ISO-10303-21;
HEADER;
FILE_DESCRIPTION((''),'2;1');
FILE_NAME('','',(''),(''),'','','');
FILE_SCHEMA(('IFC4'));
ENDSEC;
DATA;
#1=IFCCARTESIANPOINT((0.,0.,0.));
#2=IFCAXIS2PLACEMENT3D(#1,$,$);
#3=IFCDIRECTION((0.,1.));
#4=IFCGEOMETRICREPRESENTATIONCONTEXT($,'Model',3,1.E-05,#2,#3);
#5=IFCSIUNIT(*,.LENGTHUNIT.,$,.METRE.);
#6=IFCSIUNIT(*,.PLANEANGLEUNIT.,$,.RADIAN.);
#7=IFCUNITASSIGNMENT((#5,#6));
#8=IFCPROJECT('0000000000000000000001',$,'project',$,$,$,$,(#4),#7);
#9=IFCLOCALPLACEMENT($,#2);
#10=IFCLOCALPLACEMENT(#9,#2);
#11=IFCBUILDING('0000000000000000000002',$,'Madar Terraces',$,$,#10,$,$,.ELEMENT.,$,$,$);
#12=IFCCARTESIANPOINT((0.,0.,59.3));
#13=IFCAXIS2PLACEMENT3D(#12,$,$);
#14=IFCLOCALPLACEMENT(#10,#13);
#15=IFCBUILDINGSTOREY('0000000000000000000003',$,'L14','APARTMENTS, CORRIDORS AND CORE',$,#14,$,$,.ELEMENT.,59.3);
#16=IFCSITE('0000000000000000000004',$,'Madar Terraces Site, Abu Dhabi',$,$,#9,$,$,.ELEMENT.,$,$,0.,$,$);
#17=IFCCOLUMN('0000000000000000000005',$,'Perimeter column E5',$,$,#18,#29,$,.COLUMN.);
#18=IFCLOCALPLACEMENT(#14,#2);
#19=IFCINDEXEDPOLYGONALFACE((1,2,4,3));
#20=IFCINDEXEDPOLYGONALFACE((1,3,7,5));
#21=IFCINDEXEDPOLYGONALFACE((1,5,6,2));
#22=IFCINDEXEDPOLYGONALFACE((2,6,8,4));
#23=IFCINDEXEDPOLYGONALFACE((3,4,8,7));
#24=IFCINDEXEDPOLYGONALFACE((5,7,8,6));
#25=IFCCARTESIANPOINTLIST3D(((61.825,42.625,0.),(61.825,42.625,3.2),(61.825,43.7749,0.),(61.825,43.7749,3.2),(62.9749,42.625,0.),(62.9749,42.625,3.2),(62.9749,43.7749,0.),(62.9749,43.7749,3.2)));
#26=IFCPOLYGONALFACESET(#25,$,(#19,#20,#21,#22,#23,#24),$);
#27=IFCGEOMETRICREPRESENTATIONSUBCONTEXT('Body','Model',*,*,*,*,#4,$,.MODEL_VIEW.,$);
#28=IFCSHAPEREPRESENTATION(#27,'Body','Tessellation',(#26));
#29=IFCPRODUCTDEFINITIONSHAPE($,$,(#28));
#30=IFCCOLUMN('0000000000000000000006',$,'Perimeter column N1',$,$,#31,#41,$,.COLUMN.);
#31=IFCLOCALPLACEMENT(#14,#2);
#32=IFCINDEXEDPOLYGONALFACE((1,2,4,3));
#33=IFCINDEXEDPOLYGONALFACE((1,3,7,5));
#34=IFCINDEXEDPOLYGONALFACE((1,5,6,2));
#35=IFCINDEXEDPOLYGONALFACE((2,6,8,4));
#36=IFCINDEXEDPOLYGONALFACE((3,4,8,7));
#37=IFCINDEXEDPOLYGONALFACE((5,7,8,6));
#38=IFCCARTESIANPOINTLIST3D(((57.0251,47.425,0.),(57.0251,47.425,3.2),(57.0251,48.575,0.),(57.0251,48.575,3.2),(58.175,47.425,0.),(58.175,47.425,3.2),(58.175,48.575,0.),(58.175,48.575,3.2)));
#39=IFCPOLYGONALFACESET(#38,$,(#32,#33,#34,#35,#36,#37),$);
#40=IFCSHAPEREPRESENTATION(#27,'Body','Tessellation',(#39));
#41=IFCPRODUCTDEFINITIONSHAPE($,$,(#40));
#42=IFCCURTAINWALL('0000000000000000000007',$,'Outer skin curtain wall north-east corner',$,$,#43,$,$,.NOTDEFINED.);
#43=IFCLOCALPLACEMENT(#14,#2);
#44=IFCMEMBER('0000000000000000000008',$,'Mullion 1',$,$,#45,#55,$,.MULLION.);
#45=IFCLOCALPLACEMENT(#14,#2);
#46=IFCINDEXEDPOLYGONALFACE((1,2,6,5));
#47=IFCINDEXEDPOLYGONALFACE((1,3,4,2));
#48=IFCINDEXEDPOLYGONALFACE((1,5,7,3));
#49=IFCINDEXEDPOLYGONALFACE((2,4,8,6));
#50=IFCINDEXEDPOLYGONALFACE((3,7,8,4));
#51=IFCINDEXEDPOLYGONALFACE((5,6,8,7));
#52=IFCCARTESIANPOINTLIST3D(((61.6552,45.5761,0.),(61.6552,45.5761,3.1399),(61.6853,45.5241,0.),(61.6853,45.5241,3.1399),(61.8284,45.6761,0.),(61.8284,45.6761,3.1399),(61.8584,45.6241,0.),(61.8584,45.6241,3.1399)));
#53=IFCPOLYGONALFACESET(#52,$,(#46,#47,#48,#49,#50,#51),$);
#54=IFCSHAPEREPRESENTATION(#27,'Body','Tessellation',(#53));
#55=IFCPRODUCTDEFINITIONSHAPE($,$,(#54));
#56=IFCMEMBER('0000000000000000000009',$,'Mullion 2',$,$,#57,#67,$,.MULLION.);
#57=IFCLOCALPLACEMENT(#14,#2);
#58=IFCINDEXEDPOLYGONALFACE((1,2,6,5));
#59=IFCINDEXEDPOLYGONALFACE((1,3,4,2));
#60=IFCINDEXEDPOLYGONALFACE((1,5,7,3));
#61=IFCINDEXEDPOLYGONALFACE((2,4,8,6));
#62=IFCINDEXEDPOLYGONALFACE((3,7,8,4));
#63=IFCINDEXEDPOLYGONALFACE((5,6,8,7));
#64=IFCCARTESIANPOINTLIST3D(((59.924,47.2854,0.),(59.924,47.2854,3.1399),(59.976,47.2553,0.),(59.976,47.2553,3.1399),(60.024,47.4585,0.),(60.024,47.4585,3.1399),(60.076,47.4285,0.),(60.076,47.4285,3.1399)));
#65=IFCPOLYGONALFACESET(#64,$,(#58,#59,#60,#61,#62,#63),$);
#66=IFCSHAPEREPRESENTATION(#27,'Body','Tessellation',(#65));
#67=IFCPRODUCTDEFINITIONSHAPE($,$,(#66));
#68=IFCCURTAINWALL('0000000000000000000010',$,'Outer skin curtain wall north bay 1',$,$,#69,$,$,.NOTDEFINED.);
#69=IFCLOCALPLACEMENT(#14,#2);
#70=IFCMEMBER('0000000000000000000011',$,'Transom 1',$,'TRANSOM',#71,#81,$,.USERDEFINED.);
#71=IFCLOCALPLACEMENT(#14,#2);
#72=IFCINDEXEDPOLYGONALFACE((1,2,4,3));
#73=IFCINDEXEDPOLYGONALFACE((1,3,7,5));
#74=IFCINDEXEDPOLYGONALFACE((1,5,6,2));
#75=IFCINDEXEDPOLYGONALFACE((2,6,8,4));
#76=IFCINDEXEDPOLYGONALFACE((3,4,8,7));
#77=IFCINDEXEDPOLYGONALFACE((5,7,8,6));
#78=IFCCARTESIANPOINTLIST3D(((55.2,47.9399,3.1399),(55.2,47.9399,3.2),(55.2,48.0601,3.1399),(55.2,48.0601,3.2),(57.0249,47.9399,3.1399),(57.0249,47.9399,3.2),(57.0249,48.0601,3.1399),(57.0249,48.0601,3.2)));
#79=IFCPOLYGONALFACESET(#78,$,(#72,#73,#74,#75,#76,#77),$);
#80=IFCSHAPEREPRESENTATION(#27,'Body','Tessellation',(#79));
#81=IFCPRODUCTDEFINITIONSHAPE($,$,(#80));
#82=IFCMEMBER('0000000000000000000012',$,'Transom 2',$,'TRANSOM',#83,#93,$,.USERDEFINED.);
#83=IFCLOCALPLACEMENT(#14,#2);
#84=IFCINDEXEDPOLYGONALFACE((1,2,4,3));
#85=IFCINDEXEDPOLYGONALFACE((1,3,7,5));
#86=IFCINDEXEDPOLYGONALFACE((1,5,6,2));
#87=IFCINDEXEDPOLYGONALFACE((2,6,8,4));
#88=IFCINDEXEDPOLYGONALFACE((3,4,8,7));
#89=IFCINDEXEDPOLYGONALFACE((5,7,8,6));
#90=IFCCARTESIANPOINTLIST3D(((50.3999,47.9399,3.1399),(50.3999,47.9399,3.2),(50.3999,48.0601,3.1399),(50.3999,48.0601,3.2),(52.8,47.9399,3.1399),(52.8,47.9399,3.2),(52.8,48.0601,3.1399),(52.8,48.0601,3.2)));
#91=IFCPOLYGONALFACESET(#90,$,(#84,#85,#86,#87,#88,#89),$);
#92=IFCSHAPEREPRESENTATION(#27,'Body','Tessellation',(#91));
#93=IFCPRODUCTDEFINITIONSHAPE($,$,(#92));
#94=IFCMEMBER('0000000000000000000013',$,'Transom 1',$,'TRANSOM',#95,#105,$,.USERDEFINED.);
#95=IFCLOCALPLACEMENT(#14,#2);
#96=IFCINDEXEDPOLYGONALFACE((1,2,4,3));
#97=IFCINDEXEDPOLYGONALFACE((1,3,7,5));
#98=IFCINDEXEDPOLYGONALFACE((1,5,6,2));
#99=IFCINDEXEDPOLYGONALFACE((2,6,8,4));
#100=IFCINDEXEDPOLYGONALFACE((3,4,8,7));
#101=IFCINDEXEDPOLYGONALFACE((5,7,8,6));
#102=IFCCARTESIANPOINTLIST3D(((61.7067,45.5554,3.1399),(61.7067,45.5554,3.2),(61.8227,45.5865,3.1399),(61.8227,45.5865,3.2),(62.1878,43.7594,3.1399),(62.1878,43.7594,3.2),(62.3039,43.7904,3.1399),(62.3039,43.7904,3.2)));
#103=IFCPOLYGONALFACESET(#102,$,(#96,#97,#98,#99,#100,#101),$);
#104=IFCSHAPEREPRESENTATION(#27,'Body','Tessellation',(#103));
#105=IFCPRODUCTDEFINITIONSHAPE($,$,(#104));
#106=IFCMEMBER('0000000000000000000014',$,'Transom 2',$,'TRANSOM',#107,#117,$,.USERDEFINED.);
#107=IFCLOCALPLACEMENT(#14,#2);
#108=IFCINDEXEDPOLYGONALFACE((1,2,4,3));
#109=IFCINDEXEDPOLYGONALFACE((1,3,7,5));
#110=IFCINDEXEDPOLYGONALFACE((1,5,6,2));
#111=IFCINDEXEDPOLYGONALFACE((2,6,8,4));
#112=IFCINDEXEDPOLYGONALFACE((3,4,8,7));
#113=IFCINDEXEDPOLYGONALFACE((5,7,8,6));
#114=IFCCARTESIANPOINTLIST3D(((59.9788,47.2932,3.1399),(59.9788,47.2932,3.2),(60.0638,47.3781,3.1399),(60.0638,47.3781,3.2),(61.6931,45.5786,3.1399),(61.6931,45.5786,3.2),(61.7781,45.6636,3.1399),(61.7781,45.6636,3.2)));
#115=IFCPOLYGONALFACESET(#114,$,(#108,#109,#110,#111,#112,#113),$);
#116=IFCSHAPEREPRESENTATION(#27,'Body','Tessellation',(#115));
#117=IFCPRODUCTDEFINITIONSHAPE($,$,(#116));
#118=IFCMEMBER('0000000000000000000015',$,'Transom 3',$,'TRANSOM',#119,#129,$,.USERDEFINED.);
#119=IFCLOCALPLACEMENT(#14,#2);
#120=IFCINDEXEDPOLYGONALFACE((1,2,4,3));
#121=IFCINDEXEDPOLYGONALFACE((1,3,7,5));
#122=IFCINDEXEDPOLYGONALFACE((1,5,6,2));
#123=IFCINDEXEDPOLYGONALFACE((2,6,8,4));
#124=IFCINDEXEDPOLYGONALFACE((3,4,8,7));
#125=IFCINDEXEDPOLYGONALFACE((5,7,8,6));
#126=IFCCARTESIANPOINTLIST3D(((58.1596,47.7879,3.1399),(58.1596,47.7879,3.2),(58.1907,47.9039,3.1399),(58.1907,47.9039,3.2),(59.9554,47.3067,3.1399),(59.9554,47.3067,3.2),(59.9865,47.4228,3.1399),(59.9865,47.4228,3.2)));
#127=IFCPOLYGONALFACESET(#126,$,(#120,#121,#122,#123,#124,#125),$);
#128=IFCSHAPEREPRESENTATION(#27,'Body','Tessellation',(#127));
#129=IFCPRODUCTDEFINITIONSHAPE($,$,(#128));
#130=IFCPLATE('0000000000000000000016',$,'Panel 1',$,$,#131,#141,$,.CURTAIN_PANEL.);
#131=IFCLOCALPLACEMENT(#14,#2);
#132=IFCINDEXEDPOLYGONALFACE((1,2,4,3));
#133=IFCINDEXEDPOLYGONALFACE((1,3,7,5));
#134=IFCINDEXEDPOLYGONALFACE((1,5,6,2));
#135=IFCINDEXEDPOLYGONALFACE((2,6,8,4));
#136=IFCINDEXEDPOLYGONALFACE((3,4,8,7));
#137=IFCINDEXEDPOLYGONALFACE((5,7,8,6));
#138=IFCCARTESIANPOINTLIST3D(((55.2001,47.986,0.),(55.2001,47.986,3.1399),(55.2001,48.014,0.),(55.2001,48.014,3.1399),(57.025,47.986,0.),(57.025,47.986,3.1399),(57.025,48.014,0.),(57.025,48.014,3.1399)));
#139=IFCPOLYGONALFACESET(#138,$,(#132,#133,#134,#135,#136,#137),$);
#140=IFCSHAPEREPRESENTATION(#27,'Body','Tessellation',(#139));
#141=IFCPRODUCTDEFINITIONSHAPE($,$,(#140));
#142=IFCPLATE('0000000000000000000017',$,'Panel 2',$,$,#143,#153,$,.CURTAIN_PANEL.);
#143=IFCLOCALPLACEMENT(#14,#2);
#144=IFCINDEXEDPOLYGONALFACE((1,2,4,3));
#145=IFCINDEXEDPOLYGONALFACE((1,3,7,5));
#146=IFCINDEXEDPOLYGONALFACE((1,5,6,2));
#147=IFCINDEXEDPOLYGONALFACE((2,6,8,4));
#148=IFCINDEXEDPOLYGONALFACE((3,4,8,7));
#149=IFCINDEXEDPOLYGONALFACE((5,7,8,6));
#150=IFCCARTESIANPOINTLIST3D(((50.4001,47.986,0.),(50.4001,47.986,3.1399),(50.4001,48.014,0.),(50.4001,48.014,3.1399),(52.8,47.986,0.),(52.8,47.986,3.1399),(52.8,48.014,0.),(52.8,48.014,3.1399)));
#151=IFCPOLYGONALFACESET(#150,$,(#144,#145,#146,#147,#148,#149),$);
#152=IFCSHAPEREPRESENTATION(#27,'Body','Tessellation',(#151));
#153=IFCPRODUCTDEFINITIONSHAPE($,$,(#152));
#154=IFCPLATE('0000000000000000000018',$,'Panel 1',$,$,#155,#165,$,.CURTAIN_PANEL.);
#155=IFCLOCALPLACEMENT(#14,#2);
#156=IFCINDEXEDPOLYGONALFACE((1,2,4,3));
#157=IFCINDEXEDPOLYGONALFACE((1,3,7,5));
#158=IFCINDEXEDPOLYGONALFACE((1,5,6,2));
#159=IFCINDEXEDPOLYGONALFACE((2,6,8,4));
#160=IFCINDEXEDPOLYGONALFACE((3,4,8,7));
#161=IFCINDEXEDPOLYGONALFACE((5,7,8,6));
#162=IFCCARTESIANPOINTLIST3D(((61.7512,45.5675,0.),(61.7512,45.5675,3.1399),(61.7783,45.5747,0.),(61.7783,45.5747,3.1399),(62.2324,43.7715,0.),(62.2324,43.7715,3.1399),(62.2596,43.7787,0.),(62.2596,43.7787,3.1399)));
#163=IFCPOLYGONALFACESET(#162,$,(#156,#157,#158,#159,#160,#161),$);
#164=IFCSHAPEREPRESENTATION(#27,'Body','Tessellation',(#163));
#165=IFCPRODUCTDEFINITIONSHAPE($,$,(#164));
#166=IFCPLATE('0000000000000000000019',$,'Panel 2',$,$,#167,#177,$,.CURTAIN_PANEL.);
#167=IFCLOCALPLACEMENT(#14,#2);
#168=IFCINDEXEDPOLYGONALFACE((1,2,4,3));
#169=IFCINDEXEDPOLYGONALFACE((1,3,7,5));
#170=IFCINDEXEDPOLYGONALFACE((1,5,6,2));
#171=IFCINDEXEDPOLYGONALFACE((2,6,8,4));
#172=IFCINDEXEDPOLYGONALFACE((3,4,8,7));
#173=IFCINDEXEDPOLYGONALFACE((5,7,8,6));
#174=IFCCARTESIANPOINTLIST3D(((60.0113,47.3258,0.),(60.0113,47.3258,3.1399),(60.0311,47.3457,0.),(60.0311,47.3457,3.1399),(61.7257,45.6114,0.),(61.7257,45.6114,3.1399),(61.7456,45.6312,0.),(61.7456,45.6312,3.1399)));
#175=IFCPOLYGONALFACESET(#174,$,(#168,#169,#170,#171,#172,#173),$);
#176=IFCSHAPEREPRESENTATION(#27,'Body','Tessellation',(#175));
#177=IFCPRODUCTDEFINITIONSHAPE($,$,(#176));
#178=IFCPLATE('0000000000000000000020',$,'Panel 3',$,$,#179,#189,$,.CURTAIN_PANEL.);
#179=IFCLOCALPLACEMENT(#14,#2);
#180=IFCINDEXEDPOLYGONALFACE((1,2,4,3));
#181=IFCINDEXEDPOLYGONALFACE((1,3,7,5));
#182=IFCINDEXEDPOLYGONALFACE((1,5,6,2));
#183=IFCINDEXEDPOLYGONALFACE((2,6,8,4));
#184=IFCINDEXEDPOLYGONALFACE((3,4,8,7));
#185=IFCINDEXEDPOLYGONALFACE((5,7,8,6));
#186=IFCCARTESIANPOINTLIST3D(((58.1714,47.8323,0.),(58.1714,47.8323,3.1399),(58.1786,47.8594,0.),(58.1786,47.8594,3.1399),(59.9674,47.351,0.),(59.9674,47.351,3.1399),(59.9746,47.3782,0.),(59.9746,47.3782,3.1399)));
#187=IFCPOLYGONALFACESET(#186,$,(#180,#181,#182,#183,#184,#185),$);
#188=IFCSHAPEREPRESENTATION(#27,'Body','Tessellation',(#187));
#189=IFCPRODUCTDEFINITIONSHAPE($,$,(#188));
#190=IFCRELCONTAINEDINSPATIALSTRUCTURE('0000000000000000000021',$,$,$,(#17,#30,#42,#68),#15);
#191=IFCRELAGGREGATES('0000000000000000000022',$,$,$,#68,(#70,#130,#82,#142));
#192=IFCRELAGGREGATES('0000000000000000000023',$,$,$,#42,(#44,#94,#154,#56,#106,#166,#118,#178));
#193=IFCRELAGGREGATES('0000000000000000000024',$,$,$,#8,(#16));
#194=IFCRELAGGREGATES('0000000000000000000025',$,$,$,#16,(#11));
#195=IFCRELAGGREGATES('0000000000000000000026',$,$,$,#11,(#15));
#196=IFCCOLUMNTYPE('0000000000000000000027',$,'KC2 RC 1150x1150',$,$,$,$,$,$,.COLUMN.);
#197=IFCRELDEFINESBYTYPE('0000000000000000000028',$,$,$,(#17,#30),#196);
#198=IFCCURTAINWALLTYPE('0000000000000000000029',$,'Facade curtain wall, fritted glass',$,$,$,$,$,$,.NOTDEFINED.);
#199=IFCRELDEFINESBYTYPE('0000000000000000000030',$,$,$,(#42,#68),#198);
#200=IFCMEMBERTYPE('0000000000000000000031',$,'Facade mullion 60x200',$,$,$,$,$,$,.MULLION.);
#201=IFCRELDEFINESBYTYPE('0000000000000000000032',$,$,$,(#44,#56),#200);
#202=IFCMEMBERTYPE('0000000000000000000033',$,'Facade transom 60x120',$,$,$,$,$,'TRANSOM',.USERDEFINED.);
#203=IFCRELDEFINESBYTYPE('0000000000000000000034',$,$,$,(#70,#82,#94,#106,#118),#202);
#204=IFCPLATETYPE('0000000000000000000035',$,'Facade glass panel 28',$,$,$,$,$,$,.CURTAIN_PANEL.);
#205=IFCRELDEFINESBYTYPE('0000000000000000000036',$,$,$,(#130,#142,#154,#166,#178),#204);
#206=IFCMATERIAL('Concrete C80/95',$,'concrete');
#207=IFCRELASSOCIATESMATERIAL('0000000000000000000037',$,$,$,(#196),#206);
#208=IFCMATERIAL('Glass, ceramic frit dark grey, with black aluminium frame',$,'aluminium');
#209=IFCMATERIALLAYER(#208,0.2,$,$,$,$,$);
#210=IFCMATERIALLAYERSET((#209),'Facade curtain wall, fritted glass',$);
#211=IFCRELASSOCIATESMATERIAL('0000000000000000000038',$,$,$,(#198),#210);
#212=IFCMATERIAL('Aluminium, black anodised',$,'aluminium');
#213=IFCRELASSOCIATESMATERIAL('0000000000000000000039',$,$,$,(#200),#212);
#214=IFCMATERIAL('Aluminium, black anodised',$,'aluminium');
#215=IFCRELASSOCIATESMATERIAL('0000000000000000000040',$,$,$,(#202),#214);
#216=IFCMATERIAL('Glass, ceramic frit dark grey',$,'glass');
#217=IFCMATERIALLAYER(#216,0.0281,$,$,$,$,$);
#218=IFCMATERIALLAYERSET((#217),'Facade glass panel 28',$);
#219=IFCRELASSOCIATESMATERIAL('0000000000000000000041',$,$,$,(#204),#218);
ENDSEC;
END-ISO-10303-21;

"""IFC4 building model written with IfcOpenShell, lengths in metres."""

from ifc_helpers import new_model, si_unit, direction, frame, origin, origin_2d, place, context, subcontext, project, spatial, rectangle, extrude, material, layer, layer_set, material_profile, profile_set, type_object, element, aggregate, save


model = new_model("IFC4")

# Units and contexts
model_context = context("Model", 3, precision=1e-05, world=origin(), true_north=direction((0.0, 1.0)))
body_context = subcontext(model_context, "Body", "Model", "MODEL_VIEW")
ifc_project = project(units=[si_unit("LENGTHUNIT", "METRE"), si_unit("PLANEANGLEUNIT", "RADIAN")], contexts=[model_context])

# Site, building, storey
site_placement = place(None, origin())
site = spatial("IfcSite", under=ifc_project, at=site_placement, Name="Madar Terraces Site, Abu Dhabi", CompositionType="ELEMENT", RefElevation=0.0)
building_placement = place(site_placement, origin())
building = spatial("IfcBuilding", under=site, at=building_placement, Name="Madar Terraces", CompositionType="ELEMENT")
storey_placement = place(building_placement, frame((0.0, 0.0, 59.3)))
storey = spatial("IfcBuildingStorey", under=building, at=storey_placement, Name="L14", Description="APARTMENTS, CORRIDORS AND CORE", CompositionType="ELEMENT", Elevation=59.3)

# Columns
ifc_material_1 = material(Name="Concrete C80/95", Category="concrete")
ifc_material_profile_1 = material_profile(ifc_material_1, rectangle(XDim=1.1499, YDim=1.1499, at=origin_2d()), Name="KC2 RC 1150x1150")
ifc_profile_set_1 = profile_set([ifc_material_profile_1], Name="Concrete C80/95")
column_type = type_object("IfcColumnType", Name="KC2 RC 1150x1150", PredefinedType="COLUMN", material=ifc_profile_set_1)
for number, where, z_axis, x_axis, name in (
    (1, (62.3999, 43.2, 0.0), (0.0, 0.0, 1.0), (1.0, 0.0, 0.0), "Perimeter column E5"),
    (2, (57.6001, 48.0, 0.0), (0.0, 0.0, 1.0), (1.0, 0.0, 0.0), "Perimeter column N1"),
):
    element("IfcColumn", number, at=place(storey_placement, frame(where, z_axis=z_axis, x_axis=x_axis)), inside=storey, type_object=column_type, Name=name, PredefinedType="COLUMN", context=body_context, shape_type="SweptSolid", body=[
        extrude(rectangle(XDim=1.1499, YDim=1.1499, at=origin_2d()), origin(), (0.0, 0.0, 1.0), 3.2),
    ])

# Curtain walls, members
ifc_material_2 = material(Name="Glass, ceramic frit dark grey, with black aluminium frame", Category="aluminium")
ifc_layer_1 = layer(ifc_material_2, 0.2)
ifc_layer_set_1 = layer_set([ifc_layer_1], Name="Facade curtain wall, fritted glass")
curtain_wall_type = type_object("IfcCurtainWallType", Name="Facade curtain wall, fritted glass", PredefinedType="NOTDEFINED", material=ifc_layer_set_1)
curtain_wall_1_placement = place(storey_placement, origin())
curtain_wall_1 = element("IfcCurtainWall", 3, at=curtain_wall_1_placement, inside=storey, type_object=curtain_wall_type, Name="Outer skin curtain wall north-east corner", PredefinedType="NOTDEFINED")
ifc_material_3 = material(Name="Aluminium, black anodised", Category="aluminium")
ifc_material_profile_2 = material_profile(ifc_material_3, rectangle(XDim=0.2, YDim=0.0601, at=origin_2d()), Name="Facade mullion 60x200")
ifc_profile_set_2 = profile_set([ifc_material_profile_2], Name="Aluminium, black anodised")
member_type_1 = type_object("IfcMemberType", Name="Facade mullion 60x200", PredefinedType="MULLION", material=ifc_profile_set_2)
member_1_placement = place(storey_placement, frame((61.7568, 45.6001, 0.0), z_axis=(0.0, 0.0, 1.0), x_axis=(-0.866025, -0.5, 0.0)))
member_1 = element("IfcMember", 4, at=member_1_placement, type_object=member_type_1, Name="Mullion 1", PredefinedType="MULLION", context=body_context, shape_type="SweptSolid", body=[
    extrude(rectangle(XDim=0.2, YDim=0.0601, at=origin_2d()), origin(), (0.0, 0.0, 1.0), 3.1399),
])
member_2_placement = place(storey_placement, frame((60.0, 47.3569, 0.0), z_axis=(0.0, 0.0, 1.0), x_axis=(-0.5, -0.866025, 0.0)))
member_2 = element("IfcMember", 5, at=member_2_placement, type_object=member_type_1, Name="Mullion 2", PredefinedType="MULLION", context=body_context, shape_type="SweptSolid", body=[
    extrude(rectangle(XDim=0.2, YDim=0.0601, at=origin_2d()), origin(), (0.0, 0.0, 1.0), 3.1399),
])
curtain_wall_2_placement = place(storey_placement, origin())
curtain_wall_2 = element("IfcCurtainWall", 6, at=curtain_wall_2_placement, inside=storey, type_object=curtain_wall_type, Name="Outer skin curtain wall north bay 1", PredefinedType="NOTDEFINED")
ifc_material_4 = material(Name="Aluminium, black anodised", Category="aluminium")
ifc_material_profile_3 = material_profile(ifc_material_4, rectangle(XDim=0.1201, YDim=0.0601, at=origin_2d()), Name="Facade transom 60x120")
ifc_profile_set_3 = profile_set([ifc_material_profile_3], Name="Aluminium, black anodised")
member_type_2 = type_object("IfcMemberType", Name="Facade transom 60x120", ElementType="TRANSOM", PredefinedType="USERDEFINED", material=ifc_profile_set_3)
member_3_placement = place(storey_placement, frame((57.0249, 48.0, 3.1699), z_axis=(-1.0, 0.0, 0.0), x_axis=(0.0, -1.0, 0.0)))
member_3 = element("IfcMember", 7, at=member_3_placement, type_object=member_type_2, Name="Transom 1", ObjectType="TRANSOM", PredefinedType="USERDEFINED", context=body_context, shape_type="SweptSolid", body=[
    extrude(rectangle(XDim=0.1201, YDim=0.0601, at=origin_2d()), origin(), (0.0, 0.0, 1.0), 1.825),
])
member_4_placement = place(storey_placement, frame((52.8, 48.0, 3.1699), z_axis=(-1.0, 0.0, 0.0), x_axis=(0.0, -1.0, 0.0)))
member_4 = element("IfcMember", 8, at=member_4_placement, type_object=member_type_2, Name="Transom 2", ObjectType="TRANSOM", PredefinedType="USERDEFINED", context=body_context, shape_type="SweptSolid", body=[
    extrude(rectangle(XDim=0.1201, YDim=0.0601, at=origin_2d()), origin(), (0.0, 0.0, 1.0), 2.4001),
])

# Members
member_5_placement = place(storey_placement, frame((62.2458, 43.7749, 3.1699), z_axis=(-0.258782, 0.965936, 0.0), x_axis=(-0.965936, -0.258782, 0.0)))
member_5 = element("IfcMember", 9, at=member_5_placement, type_object=member_type_2, Name="Transom 1", ObjectType="TRANSOM", PredefinedType="USERDEFINED", context=body_context, shape_type="SweptSolid", body=[
    extrude(rectangle(XDim=0.1201, YDim=0.0601, at=origin_2d()), origin(), (0.0, 0.0, 1.0), 1.8594),
])
member_6_placement = place(storey_placement, frame((61.7356, 45.6211, 3.1699), z_axis=(-0.707056, 0.707157, 0.0), x_axis=(-0.707157, -0.707056, 0.0)))
member_6 = element("IfcMember", 10, at=member_6_placement, type_object=member_type_2, Name="Transom 2", ObjectType="TRANSOM", PredefinedType="USERDEFINED", context=body_context, shape_type="SweptSolid", body=[
    extrude(rectangle(XDim=0.1201, YDim=0.0601, at=origin_2d()), origin(), (0.0, 0.0, 1.0), 2.4246),
])
member_7_placement = place(storey_placement, frame((59.9709, 47.3647, 3.1699), z_axis=(-0.965927, 0.258815, 0.0), x_axis=(-0.258815, -0.965927, 0.0)))
member_7 = element("IfcMember", 11, at=member_7_placement, type_object=member_type_2, Name="Transom 3", ObjectType="TRANSOM", PredefinedType="USERDEFINED", context=body_context, shape_type="SweptSolid", body=[
    extrude(rectangle(XDim=0.1201, YDim=0.0601, at=origin_2d()), origin(), (0.0, 0.0, 1.0), 1.8591),
])

# Plates
ifc_material_5 = material(Name="Glass, ceramic frit dark grey", Category="glass")
ifc_layer_2 = layer(ifc_material_5, 0.0281)
ifc_layer_set_2 = layer_set([ifc_layer_2], Name="Facade glass panel 28")
plate_type = type_object("IfcPlateType", Name="Facade glass panel 28", PredefinedType="CURTAIN_PANEL", material=ifc_layer_set_2)
plate_1_placement = place(storey_placement, frame((56.1125, 48.0, 0.0), z_axis=(0.0, 0.0, 1.0), x_axis=(-1.0, 0.0, 0.0)))
plate_1 = element("IfcPlate", 12, at=plate_1_placement, type_object=plate_type, Name="Panel 1", PredefinedType="CURTAIN_PANEL", context=body_context, shape_type="SweptSolid", body=[
    extrude(rectangle(XDim=1.825, YDim=0.0281, at=origin_2d()), origin(), (0.0, 0.0, 1.0), 3.1399),
])
plate_2_placement = place(storey_placement, frame((51.6001, 48.0, 0.0), z_axis=(0.0, 0.0, 1.0), x_axis=(-1.0, 0.0, 0.0)))
plate_2 = element("IfcPlate", 13, at=plate_2_placement, type_object=plate_type, Name="Panel 2", PredefinedType="CURTAIN_PANEL", context=body_context, shape_type="SweptSolid", body=[
    extrude(rectangle(XDim=2.3999, YDim=0.0281, at=origin_2d()), origin(), (0.0, 0.0, 1.0), 3.1399),
])
aggregate(curtain_wall_2, [member_3, plate_1, member_4, plate_2])
plate_3_placement = place(storey_placement, frame((62.0054, 44.6731, 0.0), z_axis=(0.0, 0.0, 1.0), x_axis=(-0.258819, 0.965926, 0.0)))
plate_3 = element("IfcPlate", 14, at=plate_3_placement, type_object=plate_type, Name="Panel 1", PredefinedType="CURTAIN_PANEL", context=body_context, shape_type="SweptSolid", body=[
    extrude(rectangle(XDim=1.8594, YDim=0.0281, at=origin_2d()), origin(), (0.0, 0.0, 1.0), 3.1399),
])
plate_4_placement = place(storey_placement, frame((60.8784, 46.4785, 0.0), z_axis=(0.0, 0.0, 1.0), x_axis=(-0.707107, 0.707107, 0.0)))
plate_4 = element("IfcPlate", 15, at=plate_4_placement, type_object=plate_type, Name="Panel 2", PredefinedType="CURTAIN_PANEL", context=body_context, shape_type="SweptSolid", body=[
    extrude(rectangle(XDim=2.4246, YDim=0.0281, at=origin_2d()), origin(), (0.0, 0.0, 1.0), 3.1399),
])
plate_5_placement = place(storey_placement, frame((59.073, 47.6052, 0.0), z_axis=(0.0, 0.0, 1.0), x_axis=(-0.965926, 0.258819, 0.0)))
plate_5 = element("IfcPlate", 16, at=plate_5_placement, type_object=plate_type, Name="Panel 3", PredefinedType="CURTAIN_PANEL", context=body_context, shape_type="SweptSolid", body=[
    extrude(rectangle(XDim=1.8594, YDim=0.0281, at=origin_2d()), origin(), (0.0, 0.0, 1.0), 3.1399),
])
aggregate(curtain_wall_1, [member_1, member_5, plate_3, member_2, member_6, plate_4, member_7, plate_5])

save(model, "model.ifc")
